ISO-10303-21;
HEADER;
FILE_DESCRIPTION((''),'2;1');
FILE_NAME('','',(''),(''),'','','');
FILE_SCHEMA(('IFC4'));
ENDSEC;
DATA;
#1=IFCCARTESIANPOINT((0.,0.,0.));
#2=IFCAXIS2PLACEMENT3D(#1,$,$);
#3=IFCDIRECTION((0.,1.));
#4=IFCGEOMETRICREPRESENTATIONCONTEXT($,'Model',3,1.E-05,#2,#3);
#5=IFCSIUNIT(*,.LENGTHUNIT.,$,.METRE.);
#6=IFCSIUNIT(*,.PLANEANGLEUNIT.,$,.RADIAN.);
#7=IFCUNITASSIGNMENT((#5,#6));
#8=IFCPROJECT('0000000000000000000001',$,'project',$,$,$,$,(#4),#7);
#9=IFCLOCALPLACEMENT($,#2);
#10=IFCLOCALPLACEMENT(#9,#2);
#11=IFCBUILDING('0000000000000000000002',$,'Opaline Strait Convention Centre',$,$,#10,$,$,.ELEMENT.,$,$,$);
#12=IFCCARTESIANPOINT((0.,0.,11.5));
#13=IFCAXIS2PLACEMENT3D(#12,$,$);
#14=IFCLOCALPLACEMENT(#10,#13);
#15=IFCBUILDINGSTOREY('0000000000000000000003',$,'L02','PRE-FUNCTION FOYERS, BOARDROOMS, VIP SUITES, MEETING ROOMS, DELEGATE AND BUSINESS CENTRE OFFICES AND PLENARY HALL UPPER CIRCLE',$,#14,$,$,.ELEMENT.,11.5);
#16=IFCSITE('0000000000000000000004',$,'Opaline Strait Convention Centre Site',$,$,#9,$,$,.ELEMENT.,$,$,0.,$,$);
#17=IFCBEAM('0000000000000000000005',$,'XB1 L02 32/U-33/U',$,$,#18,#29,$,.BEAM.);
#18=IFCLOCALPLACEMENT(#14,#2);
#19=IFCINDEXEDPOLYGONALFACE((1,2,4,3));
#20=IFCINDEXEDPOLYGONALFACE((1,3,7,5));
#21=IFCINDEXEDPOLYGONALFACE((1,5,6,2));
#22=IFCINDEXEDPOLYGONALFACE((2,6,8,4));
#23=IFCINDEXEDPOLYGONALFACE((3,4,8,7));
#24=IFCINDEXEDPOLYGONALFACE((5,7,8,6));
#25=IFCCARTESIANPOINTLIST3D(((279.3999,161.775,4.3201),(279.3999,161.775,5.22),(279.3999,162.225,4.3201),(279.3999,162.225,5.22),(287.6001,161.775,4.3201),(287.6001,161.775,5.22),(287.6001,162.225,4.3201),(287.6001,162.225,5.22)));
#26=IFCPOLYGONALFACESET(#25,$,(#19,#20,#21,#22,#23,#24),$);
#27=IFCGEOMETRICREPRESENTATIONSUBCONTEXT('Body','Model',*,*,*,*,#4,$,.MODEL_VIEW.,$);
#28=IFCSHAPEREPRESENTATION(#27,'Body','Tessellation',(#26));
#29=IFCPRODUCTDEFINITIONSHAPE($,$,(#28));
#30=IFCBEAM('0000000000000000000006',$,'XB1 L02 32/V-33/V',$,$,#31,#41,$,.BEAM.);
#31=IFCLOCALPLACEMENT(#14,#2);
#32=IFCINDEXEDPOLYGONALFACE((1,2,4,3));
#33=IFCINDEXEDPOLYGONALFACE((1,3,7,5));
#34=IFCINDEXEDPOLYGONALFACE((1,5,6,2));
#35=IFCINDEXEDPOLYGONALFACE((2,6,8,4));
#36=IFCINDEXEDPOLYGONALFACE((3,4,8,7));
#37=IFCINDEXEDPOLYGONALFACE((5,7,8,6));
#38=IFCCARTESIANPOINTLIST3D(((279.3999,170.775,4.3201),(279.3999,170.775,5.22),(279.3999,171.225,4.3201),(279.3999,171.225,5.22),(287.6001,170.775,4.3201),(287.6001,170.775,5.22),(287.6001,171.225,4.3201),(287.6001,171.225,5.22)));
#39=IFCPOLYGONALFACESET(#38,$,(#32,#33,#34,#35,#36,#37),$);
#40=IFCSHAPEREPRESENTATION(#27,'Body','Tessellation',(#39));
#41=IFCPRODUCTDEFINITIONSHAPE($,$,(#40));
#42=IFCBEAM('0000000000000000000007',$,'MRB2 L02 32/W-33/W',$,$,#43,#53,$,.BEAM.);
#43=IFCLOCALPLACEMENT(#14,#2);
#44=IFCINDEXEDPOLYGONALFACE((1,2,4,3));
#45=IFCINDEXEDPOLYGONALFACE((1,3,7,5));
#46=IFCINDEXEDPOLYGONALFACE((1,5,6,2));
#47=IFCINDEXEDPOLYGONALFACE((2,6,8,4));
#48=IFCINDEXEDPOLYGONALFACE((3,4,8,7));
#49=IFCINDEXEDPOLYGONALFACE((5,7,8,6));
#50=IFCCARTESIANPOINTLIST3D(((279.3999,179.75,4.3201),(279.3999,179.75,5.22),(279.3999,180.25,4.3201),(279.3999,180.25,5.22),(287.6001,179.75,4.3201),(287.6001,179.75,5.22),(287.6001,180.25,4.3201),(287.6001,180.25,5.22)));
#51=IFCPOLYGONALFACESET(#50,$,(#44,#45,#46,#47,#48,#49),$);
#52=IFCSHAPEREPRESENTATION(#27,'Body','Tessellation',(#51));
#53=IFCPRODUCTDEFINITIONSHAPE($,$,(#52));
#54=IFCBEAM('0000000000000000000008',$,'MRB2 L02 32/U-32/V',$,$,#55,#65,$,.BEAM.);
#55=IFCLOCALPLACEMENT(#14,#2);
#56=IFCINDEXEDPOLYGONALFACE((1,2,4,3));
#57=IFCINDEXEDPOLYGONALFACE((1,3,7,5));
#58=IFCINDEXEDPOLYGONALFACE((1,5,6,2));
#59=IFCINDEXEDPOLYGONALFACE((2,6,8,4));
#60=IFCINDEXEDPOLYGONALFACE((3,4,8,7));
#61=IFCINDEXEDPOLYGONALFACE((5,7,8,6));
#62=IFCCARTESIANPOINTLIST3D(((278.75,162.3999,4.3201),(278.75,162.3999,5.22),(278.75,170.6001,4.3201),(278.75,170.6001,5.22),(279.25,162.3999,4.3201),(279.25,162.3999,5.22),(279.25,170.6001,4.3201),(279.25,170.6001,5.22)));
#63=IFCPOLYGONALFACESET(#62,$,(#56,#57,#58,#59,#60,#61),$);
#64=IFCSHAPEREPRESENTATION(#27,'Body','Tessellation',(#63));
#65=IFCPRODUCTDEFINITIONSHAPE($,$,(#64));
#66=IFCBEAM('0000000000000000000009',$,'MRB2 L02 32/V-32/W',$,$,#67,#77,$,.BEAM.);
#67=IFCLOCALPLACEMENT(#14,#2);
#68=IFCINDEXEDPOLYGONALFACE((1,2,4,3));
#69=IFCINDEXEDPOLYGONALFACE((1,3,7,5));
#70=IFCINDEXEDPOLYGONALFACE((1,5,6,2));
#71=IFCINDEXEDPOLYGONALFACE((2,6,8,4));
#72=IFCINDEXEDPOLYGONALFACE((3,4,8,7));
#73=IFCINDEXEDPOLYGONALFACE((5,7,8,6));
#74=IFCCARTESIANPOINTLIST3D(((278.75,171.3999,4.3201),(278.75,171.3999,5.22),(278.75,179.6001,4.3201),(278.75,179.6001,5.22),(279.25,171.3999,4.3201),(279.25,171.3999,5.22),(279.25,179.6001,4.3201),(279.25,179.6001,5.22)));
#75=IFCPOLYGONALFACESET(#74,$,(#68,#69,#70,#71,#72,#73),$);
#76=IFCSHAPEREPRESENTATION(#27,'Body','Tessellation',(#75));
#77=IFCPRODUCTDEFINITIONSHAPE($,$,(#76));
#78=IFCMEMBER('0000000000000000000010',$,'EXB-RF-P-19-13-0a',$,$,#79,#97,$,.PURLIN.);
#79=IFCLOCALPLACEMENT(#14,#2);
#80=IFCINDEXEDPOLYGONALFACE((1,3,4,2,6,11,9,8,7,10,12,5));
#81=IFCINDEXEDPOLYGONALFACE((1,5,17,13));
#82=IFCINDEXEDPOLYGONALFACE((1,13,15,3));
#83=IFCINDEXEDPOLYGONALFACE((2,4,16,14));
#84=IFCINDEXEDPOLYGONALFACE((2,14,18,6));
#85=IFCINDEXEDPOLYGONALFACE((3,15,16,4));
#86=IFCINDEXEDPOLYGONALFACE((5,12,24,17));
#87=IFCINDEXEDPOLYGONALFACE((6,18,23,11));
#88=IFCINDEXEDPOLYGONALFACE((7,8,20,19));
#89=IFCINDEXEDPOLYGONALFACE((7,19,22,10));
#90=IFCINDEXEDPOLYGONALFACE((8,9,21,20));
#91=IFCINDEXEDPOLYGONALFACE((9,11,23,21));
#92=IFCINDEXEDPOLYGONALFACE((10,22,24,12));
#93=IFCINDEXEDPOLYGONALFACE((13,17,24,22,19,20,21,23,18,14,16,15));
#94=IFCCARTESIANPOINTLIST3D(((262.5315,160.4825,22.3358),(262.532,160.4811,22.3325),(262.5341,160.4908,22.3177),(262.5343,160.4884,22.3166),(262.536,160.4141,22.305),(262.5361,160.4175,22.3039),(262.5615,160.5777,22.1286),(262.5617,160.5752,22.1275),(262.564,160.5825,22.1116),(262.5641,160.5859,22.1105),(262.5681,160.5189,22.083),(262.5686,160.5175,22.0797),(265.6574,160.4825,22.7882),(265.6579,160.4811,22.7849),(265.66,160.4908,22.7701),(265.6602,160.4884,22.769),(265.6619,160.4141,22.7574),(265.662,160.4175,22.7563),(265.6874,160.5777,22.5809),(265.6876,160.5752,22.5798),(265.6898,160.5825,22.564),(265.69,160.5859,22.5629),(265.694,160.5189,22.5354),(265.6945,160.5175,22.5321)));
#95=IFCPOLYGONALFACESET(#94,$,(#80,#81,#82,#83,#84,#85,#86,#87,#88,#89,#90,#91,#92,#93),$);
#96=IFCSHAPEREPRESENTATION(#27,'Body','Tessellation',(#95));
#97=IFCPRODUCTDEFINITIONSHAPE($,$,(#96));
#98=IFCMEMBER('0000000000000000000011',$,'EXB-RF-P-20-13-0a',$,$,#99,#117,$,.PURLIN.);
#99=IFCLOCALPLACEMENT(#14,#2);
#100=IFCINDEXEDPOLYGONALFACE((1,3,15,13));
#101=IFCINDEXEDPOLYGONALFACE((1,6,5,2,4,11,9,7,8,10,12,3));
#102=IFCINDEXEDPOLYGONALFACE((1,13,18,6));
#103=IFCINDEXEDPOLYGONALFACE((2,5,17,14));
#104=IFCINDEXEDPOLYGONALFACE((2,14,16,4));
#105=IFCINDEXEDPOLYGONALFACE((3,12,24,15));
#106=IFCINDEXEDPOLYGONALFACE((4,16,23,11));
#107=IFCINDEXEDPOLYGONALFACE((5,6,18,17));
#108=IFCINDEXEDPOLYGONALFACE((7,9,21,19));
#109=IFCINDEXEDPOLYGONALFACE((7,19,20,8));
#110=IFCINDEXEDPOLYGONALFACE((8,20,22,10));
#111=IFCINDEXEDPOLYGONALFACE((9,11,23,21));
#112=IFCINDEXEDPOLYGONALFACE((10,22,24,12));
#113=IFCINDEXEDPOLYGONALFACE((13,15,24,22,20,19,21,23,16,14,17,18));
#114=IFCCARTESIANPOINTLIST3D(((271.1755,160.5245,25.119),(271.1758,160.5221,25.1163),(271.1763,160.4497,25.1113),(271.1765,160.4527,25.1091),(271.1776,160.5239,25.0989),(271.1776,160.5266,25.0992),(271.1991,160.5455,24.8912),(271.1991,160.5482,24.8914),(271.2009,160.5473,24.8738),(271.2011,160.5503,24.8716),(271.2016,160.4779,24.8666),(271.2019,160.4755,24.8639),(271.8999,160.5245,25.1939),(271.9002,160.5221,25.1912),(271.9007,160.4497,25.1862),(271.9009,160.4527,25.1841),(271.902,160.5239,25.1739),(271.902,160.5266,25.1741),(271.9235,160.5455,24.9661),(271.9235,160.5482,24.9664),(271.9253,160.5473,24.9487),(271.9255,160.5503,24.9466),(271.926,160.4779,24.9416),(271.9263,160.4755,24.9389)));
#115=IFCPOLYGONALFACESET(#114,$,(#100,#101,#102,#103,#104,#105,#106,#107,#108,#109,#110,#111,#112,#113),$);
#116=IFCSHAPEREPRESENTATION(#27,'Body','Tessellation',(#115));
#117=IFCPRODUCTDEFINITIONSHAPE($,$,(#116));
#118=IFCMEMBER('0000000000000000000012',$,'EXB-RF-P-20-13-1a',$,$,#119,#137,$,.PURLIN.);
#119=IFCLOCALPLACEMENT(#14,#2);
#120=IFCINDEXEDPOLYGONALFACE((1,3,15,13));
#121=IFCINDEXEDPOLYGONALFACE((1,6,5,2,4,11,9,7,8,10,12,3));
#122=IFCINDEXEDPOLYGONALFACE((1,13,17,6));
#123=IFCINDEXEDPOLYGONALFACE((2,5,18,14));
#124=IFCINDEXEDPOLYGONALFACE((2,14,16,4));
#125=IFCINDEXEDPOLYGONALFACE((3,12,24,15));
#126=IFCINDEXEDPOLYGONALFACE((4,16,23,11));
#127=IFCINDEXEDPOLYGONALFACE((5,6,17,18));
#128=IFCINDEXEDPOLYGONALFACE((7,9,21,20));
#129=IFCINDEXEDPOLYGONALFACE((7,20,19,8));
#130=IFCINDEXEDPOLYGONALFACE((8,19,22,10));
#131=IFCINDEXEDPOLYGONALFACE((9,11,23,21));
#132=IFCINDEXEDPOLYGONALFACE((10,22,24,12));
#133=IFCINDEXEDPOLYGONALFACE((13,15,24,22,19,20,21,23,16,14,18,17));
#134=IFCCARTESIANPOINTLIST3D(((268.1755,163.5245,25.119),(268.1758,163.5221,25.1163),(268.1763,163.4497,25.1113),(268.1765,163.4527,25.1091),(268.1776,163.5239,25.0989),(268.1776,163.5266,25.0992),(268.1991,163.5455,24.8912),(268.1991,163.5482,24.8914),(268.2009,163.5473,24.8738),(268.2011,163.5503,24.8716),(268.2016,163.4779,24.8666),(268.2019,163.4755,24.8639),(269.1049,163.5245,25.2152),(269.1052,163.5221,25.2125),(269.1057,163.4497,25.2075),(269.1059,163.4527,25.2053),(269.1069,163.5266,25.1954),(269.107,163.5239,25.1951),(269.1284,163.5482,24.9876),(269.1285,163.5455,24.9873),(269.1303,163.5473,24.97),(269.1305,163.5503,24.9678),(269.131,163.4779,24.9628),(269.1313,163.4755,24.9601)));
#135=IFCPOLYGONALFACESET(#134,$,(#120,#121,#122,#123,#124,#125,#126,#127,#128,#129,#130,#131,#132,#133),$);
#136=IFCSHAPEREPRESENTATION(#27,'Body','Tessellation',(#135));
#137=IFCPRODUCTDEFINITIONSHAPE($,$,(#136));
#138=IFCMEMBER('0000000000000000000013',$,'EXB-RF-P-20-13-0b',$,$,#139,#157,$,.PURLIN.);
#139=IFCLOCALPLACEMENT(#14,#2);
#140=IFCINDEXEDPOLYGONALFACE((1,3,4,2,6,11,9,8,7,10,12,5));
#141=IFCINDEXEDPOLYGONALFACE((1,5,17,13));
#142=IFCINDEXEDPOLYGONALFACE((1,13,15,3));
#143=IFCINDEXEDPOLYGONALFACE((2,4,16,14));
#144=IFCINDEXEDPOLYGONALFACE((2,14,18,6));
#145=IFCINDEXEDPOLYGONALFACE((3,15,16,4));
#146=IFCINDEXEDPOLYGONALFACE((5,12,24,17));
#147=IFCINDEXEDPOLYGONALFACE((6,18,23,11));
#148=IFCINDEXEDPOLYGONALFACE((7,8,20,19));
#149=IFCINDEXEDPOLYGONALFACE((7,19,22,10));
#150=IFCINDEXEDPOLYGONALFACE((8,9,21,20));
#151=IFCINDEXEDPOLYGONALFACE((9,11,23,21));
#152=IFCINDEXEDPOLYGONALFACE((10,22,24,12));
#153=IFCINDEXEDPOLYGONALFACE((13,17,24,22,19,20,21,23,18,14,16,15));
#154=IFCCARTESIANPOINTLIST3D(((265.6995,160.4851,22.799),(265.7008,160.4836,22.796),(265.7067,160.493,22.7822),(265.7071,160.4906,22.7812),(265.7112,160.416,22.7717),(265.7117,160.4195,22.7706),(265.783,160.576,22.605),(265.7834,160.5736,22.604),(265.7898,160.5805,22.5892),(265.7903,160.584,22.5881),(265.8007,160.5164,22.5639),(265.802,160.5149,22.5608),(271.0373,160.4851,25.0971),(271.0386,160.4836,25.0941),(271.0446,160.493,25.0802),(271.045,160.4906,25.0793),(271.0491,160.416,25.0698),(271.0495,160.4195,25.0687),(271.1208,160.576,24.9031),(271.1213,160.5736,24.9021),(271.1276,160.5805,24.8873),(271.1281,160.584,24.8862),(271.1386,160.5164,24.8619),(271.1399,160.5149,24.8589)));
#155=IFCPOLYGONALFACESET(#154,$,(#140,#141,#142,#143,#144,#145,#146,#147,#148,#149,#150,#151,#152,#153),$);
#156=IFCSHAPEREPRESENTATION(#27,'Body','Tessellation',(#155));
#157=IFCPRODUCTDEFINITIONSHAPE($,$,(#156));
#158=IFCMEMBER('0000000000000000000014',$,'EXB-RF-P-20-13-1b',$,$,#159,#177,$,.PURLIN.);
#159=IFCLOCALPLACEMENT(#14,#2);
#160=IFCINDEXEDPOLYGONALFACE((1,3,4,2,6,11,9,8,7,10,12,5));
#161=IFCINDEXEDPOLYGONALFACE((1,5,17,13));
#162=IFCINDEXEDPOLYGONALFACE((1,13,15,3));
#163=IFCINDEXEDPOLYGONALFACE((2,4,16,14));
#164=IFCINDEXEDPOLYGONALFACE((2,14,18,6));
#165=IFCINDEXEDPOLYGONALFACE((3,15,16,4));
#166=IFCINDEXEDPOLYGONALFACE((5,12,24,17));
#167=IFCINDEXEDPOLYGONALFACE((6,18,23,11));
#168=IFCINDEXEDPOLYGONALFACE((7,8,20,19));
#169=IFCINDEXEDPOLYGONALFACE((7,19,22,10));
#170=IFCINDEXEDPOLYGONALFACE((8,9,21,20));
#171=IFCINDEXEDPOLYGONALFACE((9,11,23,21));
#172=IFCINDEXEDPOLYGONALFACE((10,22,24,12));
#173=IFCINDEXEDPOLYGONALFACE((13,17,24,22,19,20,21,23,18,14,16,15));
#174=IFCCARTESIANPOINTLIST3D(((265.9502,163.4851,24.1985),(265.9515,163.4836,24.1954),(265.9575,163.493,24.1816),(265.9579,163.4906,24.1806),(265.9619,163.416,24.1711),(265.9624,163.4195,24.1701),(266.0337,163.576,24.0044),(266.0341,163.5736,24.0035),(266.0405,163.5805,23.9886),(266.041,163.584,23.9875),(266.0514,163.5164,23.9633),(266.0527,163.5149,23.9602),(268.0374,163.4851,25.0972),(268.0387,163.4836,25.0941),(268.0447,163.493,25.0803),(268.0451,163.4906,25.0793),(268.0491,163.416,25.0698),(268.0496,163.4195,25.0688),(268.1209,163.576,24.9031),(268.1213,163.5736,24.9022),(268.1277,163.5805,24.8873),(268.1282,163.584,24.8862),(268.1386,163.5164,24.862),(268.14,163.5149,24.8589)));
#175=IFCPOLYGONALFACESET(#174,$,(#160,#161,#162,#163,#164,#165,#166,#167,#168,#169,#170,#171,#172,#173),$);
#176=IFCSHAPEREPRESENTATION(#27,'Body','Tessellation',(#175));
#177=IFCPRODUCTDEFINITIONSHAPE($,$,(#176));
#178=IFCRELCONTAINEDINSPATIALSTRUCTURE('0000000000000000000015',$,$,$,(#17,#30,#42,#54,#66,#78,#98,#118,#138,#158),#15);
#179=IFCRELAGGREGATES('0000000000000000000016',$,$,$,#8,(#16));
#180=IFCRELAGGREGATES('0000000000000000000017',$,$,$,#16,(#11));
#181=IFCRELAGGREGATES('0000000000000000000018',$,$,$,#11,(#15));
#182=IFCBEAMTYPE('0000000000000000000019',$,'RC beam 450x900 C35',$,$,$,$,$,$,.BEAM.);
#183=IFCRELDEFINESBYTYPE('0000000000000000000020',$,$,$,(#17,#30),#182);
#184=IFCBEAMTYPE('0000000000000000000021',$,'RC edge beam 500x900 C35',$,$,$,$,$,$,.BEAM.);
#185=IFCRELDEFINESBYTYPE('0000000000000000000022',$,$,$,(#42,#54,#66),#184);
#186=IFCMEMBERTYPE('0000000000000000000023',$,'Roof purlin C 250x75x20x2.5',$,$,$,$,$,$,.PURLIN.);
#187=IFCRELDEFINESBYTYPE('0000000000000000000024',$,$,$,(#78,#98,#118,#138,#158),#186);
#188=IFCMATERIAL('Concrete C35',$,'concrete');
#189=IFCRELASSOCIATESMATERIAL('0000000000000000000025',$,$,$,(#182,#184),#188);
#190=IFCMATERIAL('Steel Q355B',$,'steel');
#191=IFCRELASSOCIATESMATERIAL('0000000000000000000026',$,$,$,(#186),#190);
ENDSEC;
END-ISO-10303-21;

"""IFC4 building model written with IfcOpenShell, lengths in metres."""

from ifc_helpers import new_model, si_unit, direction, frame, origin, origin_2d, place, context, subcontext, project, spatial, polyline, rectangle, outline, extrude, material, material_profile, profile_set, type_object, element, save


model = new_model("IFC4")

# Units and contexts
model_context = context("Model", 3, precision=1e-05, world=origin(), true_north=direction((0.0, 1.0)))
body_context = subcontext(model_context, "Body", "Model", "MODEL_VIEW")
ifc_project = project(units=[si_unit("LENGTHUNIT", "METRE"), si_unit("PLANEANGLEUNIT", "RADIAN")], contexts=[model_context])

# Site, building, storey
site_placement = place(None, origin())
site = spatial("IfcSite", under=ifc_project, at=site_placement, Name="Opaline Strait Convention Centre Site", CompositionType="ELEMENT", RefElevation=0.0)
building_placement = place(site_placement, origin())
building = spatial("IfcBuilding", under=site, at=building_placement, Name="Opaline Strait Convention Centre", CompositionType="ELEMENT")
storey_placement = place(building_placement, frame((0.0, 0.0, 11.5)))
storey = spatial("IfcBuildingStorey", under=building, at=storey_placement, Name="L02", Description="PRE-FUNCTION FOYERS, BOARDROOMS, VIP SUITES, MEETING ROOMS, DELEGATE AND BUSINESS CENTRE OFFICES AND PLENARY HALL UPPER CIRCLE", CompositionType="ELEMENT", Elevation=11.5)

# Beams
ifc_material_1 = material(Name="Concrete C35", Category="concrete")
ifc_material_profile_1 = material_profile(ifc_material_1, rectangle(XDim=0.45, YDim=0.8999, at=origin_2d()), Name="RC 450x900")
ifc_profile_set_1 = profile_set([ifc_material_profile_1], Name="Concrete C35")
beam_type_1 = type_object("IfcBeamType", Name="RC beam 450x900 C35", PredefinedType="BEAM", material=ifc_profile_set_1)
for number, where, z_axis, x_axis, name in (
    (1, (279.3999, 162.0, 4.77), (1.0, 0.0, 0.0), (0.0, 1.0, 0.0), "XB1 L02 32/U-33/U"),
    (2, (279.3999, 171.0, 4.77), (1.0, 0.0, 0.0), (0.0, 1.0, 0.0), "XB1 L02 32/V-33/V"),
):
    element("IfcBeam", number, at=place(storey_placement, frame(where, z_axis=z_axis, x_axis=x_axis)), inside=storey, type_object=beam_type_1, Name=name, PredefinedType="BEAM", context=body_context, shape_type="SweptSolid", body=[
        extrude(rectangle(XDim=0.45, YDim=0.8999, at=origin_2d()), origin(), (0.0, 0.0, 1.0), 8.2002),
    ])
ifc_material_profile_2 = material_profile(ifc_material_1, rectangle(XDim=0.5, YDim=0.8999, at=origin_2d()), Name="RC 500x900")
ifc_profile_set_2 = profile_set([ifc_material_profile_2], Name="Concrete C35")
beam_type_2 = type_object("IfcBeamType", Name="RC edge beam 500x900 C35", PredefinedType="BEAM", material=ifc_profile_set_2)
for number, where, z_axis, x_axis, name in (
    (3, (279.3999, 180.0, 4.77), (1.0, 0.0, 0.0), (0.0, 1.0, 0.0), "MRB2 L02 32/W-33/W"),
    (4, (279.0, 162.3999, 4.77), (0.0, 1.0, 0.0), (-1.0, 0.0, 0.0), "MRB2 L02 32/U-32/V"),
    (5, (279.0, 171.3999, 4.77), (0.0, 1.0, 0.0), (-1.0, 0.0, 0.0), "MRB2 L02 32/V-32/W"),
):
    element("IfcBeam", number, at=place(storey_placement, frame(where, z_axis=z_axis, x_axis=x_axis)), inside=storey, type_object=beam_type_2, Name=name, PredefinedType="BEAM", context=body_context, shape_type="SweptSolid", body=[
        extrude(rectangle(XDim=0.5, YDim=0.8999, at=origin_2d()), origin(), (0.0, 0.0, 1.0), 8.2002),
    ])

# Members
ifc_material_2 = material(Name="Steel Q355B", Category="steel")
ifc_material_profile_3 = material_profile(ifc_material_2, outline(polyline([(-0.0376, -0.125), (0.0376, -0.125), (0.0376, -0.105), (0.0349, -0.105), (0.0349, -0.1226), (-0.0349, -0.1226), (-0.0349, 0.1226), (0.0349, 0.1226), (0.0349, 0.105), (0.0376, 0.105), (0.0376, 0.125), (-0.0376, 0.125), (-0.0376, -0.125)])), Name="C 250x75x20x2.5")
ifc_profile_set_3 = profile_set([ifc_material_profile_3], Name="Steel Q355B")
member_type_1 = type_object("IfcMemberType", Name="Roof purlin C 250x75x20x2.5", PredefinedType="PURLIN", material=ifc_profile_set_3)
member_1_placement = place(storey_placement, frame((262.55, 160.5, 22.2078), z_axis=(0.98969, 0.0, 0.143228), x_axis=(-0.059251, 0.91042, 0.409419)))
element("IfcMember", 6, at=member_1_placement, inside=storey, type_object=member_type_1, Name="EXB-RF-P-19-13-0a", PredefinedType="PURLIN", context=body_context, shape_type="SweptSolid", body=[
    extrude(outline(polyline([(-0.0376, -0.125), (0.0376, -0.125), (0.0376, -0.105), (0.0349, -0.105), (0.0349, -0.1226), (-0.0349, -0.1226), (-0.0349, 0.1226), (0.0349, 0.1226), (0.0349, 0.105), (0.0376, 0.105), (0.0376, 0.125), (-0.0376, 0.125), (-0.0376, -0.125)])), origin(), (0.0, 0.0, 1.0), 3.1584),
])
member_2_placement = place(storey_placement, frame((271.1887, 160.5, 24.9915), z_axis=(0.994689, 0.0, 0.102922), x_axis=(-0.010597, 0.994685, 0.102419)))
element("IfcMember", 7, at=member_2_placement, inside=storey, type_object=member_type_1, Name="EXB-RF-P-20-13-0a", PredefinedType="PURLIN", context=body_context, shape_type="SweptSolid", body=[
    extrude(outline(polyline([(-0.0376, -0.125), (0.0376, -0.125), (0.0376, -0.105), (0.0349, -0.105), (0.0349, -0.1226), (-0.0349, -0.1226), (-0.0349, 0.1226), (0.0349, 0.1226), (0.0349, 0.105), (0.0376, 0.105), (0.0376, 0.125), (-0.0376, 0.125), (-0.0376, -0.125)])), origin(), (0.0, 0.0, 1.0), 0.7283),
])
member_3_placement = place(storey_placement, frame((268.1887, 163.5, 24.9915), z_axis=(0.994687, 0.0, 0.102944), x_axis=(-0.0106, 0.994685, 0.102419)))
element("IfcMember", 8, at=member_3_placement, inside=storey, type_object=member_type_1, Name="EXB-RF-P-20-13-1a", PredefinedType="PURLIN", context=body_context, shape_type="SweptSolid", body=[
    extrude(outline(polyline([(-0.0376, -0.125), (0.0376, -0.125), (0.0376, -0.105), (0.0349, -0.105), (0.0349, -0.1226), (-0.0349, -0.1226), (-0.0349, 0.1226), (0.0349, 0.1226), (0.0349, 0.105), (0.0376, 0.105), (0.0376, 0.125), (-0.0376, 0.125), (-0.0376, -0.125)])), origin(), (0.0, 0.0, 1.0), 0.9343),
])
member_4_placement = place(storey_placement, frame((265.7507, 160.5, 22.6799), z_axis=(0.918494, 0.0, 0.395435), x_axis=(-0.156362, 0.918501, 0.36319)))
element("IfcMember", 9, at=member_4_placement, inside=storey, type_object=member_type_1, Name="EXB-RF-P-20-13-0b", PredefinedType="PURLIN", context=body_context, shape_type="SweptSolid", body=[
    extrude(outline(polyline([(-0.0376, -0.125), (0.0376, -0.125), (0.0376, -0.105), (0.0349, -0.105), (0.0349, -0.1226), (-0.0349, -0.1226), (-0.0349, 0.1226), (0.0349, 0.1226), (0.0349, 0.105), (0.0376, 0.105), (0.0376, 0.125), (-0.0376, 0.125), (-0.0376, -0.125)])), origin(), (0.0, 0.0, 1.0), 5.8115),
])
member_5_placement = place(storey_placement, frame((266.0015, 163.5, 24.0793), z_axis=(0.918477, 0.0, 0.395475), x_axis=(-0.156378, 0.918501, 0.363183)))
element("IfcMember", 10, at=member_5_placement, inside=storey, type_object=member_type_1, Name="EXB-RF-P-20-13-1b", PredefinedType="PURLIN", context=body_context, shape_type="SweptSolid", body=[
    extrude(outline(polyline([(-0.0376, -0.125), (0.0376, -0.125), (0.0376, -0.105), (0.0349, -0.105), (0.0349, -0.1226), (-0.0349, -0.1226), (-0.0349, 0.1226), (0.0349, 0.1226), (0.0349, 0.105), (0.0376, 0.105), (0.0376, 0.125), (-0.0376, 0.125), (-0.0376, -0.125)])), origin(), (0.0, 0.0, 1.0), 2.2725),
])

save(model, "model.ifc")
